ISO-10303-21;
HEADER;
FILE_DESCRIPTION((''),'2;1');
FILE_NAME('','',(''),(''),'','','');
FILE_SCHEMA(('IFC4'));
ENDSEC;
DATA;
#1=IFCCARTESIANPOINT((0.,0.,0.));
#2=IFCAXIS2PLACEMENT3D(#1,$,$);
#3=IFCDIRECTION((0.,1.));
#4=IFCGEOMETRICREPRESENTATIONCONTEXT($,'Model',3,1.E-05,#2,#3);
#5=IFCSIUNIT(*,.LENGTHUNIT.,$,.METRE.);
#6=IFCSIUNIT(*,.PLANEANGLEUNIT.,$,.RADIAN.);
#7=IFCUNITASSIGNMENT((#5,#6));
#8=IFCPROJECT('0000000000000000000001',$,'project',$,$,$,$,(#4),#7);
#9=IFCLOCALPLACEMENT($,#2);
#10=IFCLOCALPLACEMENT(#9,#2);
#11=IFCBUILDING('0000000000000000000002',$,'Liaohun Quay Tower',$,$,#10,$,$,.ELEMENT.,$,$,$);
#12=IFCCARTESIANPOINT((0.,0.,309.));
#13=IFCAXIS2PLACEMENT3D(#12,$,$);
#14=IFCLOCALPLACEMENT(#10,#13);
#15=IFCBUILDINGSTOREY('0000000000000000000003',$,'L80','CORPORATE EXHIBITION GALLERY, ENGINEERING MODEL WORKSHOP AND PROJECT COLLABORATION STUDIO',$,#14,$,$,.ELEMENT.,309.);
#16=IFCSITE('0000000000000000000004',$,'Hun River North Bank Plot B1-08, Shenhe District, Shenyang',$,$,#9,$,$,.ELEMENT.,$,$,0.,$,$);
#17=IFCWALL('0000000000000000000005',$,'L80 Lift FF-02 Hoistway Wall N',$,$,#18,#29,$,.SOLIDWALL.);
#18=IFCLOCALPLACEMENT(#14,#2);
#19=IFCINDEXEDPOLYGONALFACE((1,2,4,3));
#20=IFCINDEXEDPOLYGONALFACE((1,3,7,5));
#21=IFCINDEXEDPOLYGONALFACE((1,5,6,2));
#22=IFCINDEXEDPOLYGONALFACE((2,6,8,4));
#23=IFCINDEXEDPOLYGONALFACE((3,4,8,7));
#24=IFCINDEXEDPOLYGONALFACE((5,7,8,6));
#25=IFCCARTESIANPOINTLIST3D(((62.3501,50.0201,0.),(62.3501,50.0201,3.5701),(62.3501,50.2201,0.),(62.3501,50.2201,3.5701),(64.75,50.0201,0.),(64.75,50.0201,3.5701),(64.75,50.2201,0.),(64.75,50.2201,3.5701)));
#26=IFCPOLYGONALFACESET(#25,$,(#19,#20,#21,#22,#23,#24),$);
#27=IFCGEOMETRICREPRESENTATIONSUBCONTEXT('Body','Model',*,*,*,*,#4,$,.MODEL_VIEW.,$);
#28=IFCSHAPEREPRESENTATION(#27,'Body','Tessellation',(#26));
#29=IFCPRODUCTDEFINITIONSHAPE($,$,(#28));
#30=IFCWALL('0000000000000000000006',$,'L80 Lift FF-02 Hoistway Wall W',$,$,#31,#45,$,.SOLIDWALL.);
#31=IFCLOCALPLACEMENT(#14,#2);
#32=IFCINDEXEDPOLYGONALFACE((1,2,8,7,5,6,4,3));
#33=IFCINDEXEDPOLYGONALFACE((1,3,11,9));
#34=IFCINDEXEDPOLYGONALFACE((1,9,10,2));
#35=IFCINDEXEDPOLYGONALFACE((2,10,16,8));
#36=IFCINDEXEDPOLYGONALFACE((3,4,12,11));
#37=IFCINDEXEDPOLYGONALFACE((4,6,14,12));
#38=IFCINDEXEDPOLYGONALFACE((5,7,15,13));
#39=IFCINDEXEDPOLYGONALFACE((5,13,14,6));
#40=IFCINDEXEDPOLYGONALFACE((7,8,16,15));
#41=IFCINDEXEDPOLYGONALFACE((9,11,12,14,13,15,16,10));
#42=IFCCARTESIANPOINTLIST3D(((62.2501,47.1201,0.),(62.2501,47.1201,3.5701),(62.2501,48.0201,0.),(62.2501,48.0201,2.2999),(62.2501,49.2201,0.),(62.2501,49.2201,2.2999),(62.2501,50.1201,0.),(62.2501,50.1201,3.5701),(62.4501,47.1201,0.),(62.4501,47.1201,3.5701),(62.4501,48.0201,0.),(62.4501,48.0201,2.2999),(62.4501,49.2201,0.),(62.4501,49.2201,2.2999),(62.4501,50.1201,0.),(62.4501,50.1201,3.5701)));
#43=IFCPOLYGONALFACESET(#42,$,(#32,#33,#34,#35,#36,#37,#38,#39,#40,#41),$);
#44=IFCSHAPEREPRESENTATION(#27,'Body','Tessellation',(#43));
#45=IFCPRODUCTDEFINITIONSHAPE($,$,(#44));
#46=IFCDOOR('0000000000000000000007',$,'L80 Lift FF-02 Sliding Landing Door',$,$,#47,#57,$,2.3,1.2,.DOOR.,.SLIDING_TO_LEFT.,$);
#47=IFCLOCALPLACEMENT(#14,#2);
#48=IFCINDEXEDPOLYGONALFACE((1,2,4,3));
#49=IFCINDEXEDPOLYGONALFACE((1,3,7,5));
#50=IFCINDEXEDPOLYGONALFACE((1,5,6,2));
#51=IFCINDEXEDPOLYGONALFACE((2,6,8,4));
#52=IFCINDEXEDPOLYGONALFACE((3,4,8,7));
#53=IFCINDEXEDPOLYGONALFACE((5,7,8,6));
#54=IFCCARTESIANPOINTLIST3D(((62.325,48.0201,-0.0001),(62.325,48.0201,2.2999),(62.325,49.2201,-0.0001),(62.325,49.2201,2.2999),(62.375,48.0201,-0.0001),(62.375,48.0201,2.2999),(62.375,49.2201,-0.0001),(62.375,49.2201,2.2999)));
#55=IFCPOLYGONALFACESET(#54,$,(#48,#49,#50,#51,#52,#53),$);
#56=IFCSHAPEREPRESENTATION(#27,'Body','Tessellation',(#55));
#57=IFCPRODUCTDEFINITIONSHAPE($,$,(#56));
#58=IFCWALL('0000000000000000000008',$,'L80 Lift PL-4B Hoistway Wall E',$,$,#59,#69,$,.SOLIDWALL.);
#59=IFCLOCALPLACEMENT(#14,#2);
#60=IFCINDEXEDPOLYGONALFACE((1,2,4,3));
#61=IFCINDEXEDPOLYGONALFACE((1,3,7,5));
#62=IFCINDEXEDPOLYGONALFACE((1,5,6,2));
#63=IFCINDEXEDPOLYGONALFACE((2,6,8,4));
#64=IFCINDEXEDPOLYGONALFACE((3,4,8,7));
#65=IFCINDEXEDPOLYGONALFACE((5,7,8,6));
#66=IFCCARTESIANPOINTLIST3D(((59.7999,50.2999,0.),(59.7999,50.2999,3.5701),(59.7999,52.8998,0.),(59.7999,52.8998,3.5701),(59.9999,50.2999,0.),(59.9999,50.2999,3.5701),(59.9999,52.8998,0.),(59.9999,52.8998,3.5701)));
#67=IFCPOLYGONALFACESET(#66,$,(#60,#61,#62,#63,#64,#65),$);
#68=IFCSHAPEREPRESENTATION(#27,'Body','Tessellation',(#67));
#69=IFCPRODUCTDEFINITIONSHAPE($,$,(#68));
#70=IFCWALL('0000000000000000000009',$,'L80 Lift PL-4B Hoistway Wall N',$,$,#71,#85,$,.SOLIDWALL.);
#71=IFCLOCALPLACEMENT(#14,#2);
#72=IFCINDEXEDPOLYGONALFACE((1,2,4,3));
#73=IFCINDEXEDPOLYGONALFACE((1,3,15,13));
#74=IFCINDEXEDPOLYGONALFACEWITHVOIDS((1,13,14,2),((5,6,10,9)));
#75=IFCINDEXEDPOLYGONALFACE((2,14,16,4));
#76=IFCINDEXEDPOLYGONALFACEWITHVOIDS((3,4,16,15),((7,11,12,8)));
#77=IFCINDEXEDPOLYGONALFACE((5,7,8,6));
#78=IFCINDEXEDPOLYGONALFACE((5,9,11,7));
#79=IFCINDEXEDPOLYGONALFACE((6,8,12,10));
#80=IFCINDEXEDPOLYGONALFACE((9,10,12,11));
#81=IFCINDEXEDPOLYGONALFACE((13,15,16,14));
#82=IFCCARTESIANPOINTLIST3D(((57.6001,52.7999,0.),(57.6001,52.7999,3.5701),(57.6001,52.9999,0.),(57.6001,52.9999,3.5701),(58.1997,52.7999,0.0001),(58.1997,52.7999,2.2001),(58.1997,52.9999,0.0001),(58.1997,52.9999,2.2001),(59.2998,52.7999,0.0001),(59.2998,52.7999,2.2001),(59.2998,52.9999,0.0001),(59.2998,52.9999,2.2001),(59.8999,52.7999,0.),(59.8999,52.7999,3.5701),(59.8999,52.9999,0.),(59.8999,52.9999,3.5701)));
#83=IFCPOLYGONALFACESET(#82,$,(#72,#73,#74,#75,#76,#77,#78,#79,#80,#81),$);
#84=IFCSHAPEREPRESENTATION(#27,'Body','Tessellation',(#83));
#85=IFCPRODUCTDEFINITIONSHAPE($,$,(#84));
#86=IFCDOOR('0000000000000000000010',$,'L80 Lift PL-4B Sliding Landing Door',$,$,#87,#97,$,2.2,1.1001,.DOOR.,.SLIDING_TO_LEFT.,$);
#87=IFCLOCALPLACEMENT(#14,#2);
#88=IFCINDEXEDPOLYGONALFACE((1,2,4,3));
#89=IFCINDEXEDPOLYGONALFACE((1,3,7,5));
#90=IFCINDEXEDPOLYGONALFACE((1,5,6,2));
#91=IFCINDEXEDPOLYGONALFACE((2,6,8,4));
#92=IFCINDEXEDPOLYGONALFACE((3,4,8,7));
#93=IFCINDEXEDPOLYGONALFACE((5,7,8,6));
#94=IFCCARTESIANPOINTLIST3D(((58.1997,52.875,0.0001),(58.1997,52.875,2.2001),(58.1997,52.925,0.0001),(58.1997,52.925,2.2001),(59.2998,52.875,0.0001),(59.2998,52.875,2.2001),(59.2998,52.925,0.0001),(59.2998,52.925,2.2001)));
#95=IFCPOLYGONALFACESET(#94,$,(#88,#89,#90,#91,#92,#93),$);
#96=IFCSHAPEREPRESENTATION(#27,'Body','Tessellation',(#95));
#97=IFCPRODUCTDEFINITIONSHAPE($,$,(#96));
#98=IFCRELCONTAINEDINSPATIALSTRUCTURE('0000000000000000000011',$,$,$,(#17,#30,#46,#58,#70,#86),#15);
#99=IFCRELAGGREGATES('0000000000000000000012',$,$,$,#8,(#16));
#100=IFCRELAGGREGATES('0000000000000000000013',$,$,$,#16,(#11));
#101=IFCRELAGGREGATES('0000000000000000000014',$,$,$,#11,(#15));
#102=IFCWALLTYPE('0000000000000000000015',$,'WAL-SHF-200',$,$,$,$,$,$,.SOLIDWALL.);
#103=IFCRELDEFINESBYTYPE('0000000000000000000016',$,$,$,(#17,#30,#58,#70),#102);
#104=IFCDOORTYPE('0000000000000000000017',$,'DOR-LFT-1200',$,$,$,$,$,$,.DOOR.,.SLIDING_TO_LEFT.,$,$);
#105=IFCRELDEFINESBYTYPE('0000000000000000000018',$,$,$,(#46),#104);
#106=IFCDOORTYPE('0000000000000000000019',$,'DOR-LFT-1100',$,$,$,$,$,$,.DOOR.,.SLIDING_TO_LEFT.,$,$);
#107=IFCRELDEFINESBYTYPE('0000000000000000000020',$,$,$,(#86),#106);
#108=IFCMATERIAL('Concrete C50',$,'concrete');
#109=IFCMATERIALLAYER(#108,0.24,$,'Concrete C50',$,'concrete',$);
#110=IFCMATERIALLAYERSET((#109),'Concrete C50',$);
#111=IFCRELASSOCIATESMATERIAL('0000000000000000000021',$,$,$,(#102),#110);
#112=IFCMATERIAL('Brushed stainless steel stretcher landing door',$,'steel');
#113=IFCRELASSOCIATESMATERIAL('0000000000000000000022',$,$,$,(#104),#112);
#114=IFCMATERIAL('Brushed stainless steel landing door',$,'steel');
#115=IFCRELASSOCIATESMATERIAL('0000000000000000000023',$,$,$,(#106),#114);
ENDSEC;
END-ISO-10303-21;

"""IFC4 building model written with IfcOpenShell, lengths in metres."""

from ifc_helpers import new_model, si_unit, direction, frame, frame_2d, origin, place, context, subcontext, project, spatial, rectangle, extrude, source, transform, mapped, material, layer, layer_set, type_object, element, fill, save


model = new_model("IFC4")

# Units and contexts
model_context = context("Model", 3, precision=1e-05, world=origin(), true_north=direction((0.0, 1.0)))
body_context = subcontext(model_context, "Body", "Model", "MODEL_VIEW")
ifc_project = project(units=[si_unit("LENGTHUNIT", "METRE"), si_unit("PLANEANGLEUNIT", "RADIAN")], contexts=[model_context])

# Site, building, storey
site_placement = place(None, origin())
site = spatial("IfcSite", under=ifc_project, at=site_placement, Name="Hun River North Bank Plot B1-08, Shenhe District, Shenyang", CompositionType="ELEMENT", RefElevation=0.0)
building_placement = place(site_placement, origin())
building = spatial("IfcBuilding", under=site, at=building_placement, Name="Liaohun Quay Tower", CompositionType="ELEMENT")
storey_placement = place(building_placement, frame((0.0, 0.0, 309.0)))
storey = spatial("IfcBuildingStorey", under=building, at=storey_placement, Name="L80", Description="CORPORATE EXHIBITION GALLERY, ENGINEERING MODEL WORKSHOP AND PROJECT COLLABORATION STUDIO", CompositionType="ELEMENT", Elevation=309.0)

# Wall
ifc_material_1 = material(Name="Concrete C50", Category="concrete")
ifc_layer_1 = layer(ifc_material_1, 0.24, Name="Concrete C50", Category="concrete")
ifc_layer_set_1 = layer_set([ifc_layer_1], Name="Concrete C50")
wall_type_1 = type_object("IfcWallType", Name="WAL-SHF-200", PredefinedType="SOLIDWALL", material=ifc_layer_set_1)
wall_1_placement = place(storey_placement, frame((64.75, 50.1201, 0.0), z_axis=(0.0, 0.0, 1.0), x_axis=(-1.0, 0.0, 0.0)))
element("IfcWall", 1, at=wall_1_placement, inside=storey, type_object=wall_type_1, Name="L80 Lift FF-02 Hoistway Wall N", PredefinedType="SOLIDWALL", context=body_context, shape_type="SweptSolid", body=[
    extrude(rectangle(XDim=2.3999, YDim=0.2, at=frame_2d((1.2, 0.0))), origin(), (0.0, 0.0, 1.0), 3.5701),
])

# Wall, opening, door
wall_2_placement = place(storey_placement, frame((62.3501, 50.1201, 0.0), z_axis=(0.0, 0.0, 1.0), x_axis=(0.0, -1.0, 0.0)))
wall_2 = element("IfcWall", 2, at=wall_2_placement, inside=storey, type_object=wall_type_1, Name="L80 Lift FF-02 Hoistway Wall W", PredefinedType="SOLIDWALL", context=body_context, shape_type="SweptSolid", body=[
    extrude(rectangle(XDim=3.0, YDim=0.2, at=frame_2d((1.5, 0.0))), origin(), (0.0, 0.0, 1.0), 3.5701),
])
shared_shape_1 = source(origin(), body_context, "Body", "SweptSolid", [
    extrude(rectangle(XDim=1.2, YDim=2.3, at=frame_2d((0.6001, 1.1499))), frame((0.0, 0.1099, 0.0), z_axis=(0.0, -1.0, 0.0), x_axis=(1.0, 0.0, 0.0)), (0.0, 0.0, 1.0), 0.22),
])
opening_1_placement = place(wall_2_placement, frame((0.8999, 0.0, 0.0)))
opening_1 = element("IfcOpeningElement", 3, at=opening_1_placement, cuts=wall_2, PredefinedType="OPENING", context=body_context, shape_type="MappedRepresentation", body=[
    mapped(shared_shape_1, transform((0.0, 0.0, 0.0), x_axis=(1.0, 0.0, 0.0), y_axis=(0.0, 1.0, 0.0), z_axis=(0.0, 0.0, 1.0), scale=1.0)),
])
ifc_material_2 = material(Name="Brushed stainless steel stretcher landing door", Category="steel")
door_type_1 = type_object("IfcDoorType", Name="DOR-LFT-1200", OperationType="SLIDING_TO_LEFT", PredefinedType="DOOR", material=ifc_material_2)
shared_shape_2 = source(origin(), body_context, "Body", "SweptSolid", [
    extrude(rectangle(XDim=1.2, YDim=2.3, at=frame_2d((0.6001, 1.1499))), frame((0.0, 0.0249, 0.0), z_axis=(0.0, -1.0, 0.0), x_axis=(1.0, 0.0, 0.0)), (0.0, 0.0, 1.0), 0.05),
])
door_1_placement = place(opening_1_placement, origin())
door_1 = element("IfcDoor", 4, at=door_1_placement, inside=storey, type_object=door_type_1, Name="L80 Lift FF-02 Sliding Landing Door", OperationType="SLIDING_TO_LEFT", OverallHeight=2.3, OverallWidth=1.2, PredefinedType="DOOR", context=body_context, shape_type="MappedRepresentation", body=[
    mapped(shared_shape_2, transform((0.0, 0.0, 0.0), x_axis=(1.0, 0.0, 0.0), y_axis=(0.0, 1.0, 0.0), z_axis=(0.0, 0.0, 1.0), scale=1.0)),
])
fill(opening_1, door_1)

# Wall
wall_3_placement = place(storey_placement, frame((59.8999, 50.3, 0.0), z_axis=(0.0, 0.0, 1.0), x_axis=(0.0, 1.0, 0.0)))
element("IfcWall", 5, at=wall_3_placement, inside=storey, type_object=wall_type_1, Name="L80 Lift PL-4B Hoistway Wall E", PredefinedType="SOLIDWALL", context=body_context, shape_type="SweptSolid", body=[
    extrude(rectangle(XDim=2.5999, YDim=0.2, at=frame_2d((1.2998, 0.0))), origin(), (0.0, 0.0, 1.0), 3.5701),
])

# Wall, opening, door
wall_4_placement = place(storey_placement, frame((59.8999, 52.8999, 0.0), z_axis=(0.0, 0.0, 1.0), x_axis=(-1.0, 0.0, 0.0)))
wall_4 = element("IfcWall", 6, at=wall_4_placement, inside=storey, type_object=wall_type_1, Name="L80 Lift PL-4B Hoistway Wall N", PredefinedType="SOLIDWALL", context=body_context, shape_type="SweptSolid", body=[
    extrude(rectangle(XDim=2.2998, YDim=0.2, at=frame_2d((1.1499, 0.0))), origin(), (0.0, 0.0, 1.0), 3.5701),
])
shared_shape_3 = source(origin(), body_context, "Body", "SweptSolid", [
    extrude(rectangle(XDim=1.1001, YDim=2.2, at=frame_2d((0.55, 1.1001))), frame((0.0, 0.1099, 0.0), z_axis=(0.0, -1.0, 0.0), x_axis=(1.0, 0.0, 0.0)), (0.0, 0.0, 1.0), 0.22),
])
opening_2_placement = place(wall_4_placement, frame((0.6001, 0.0, 0.0)))
opening_2 = element("IfcOpeningElement", 7, at=opening_2_placement, cuts=wall_4, PredefinedType="OPENING", context=body_context, shape_type="MappedRepresentation", body=[
    mapped(shared_shape_3, transform((0.0, 0.0, 0.0), x_axis=(1.0, 0.0, 0.0), y_axis=(0.0, 1.0, 0.0), z_axis=(0.0, 0.0, 1.0), scale=1.0)),
])
ifc_material_3 = material(Name="Brushed stainless steel landing door", Category="steel")
door_type_2 = type_object("IfcDoorType", Name="DOR-LFT-1100", OperationType="SLIDING_TO_LEFT", PredefinedType="DOOR", material=ifc_material_3)
shared_shape_4 = source(origin(), body_context, "Body", "SweptSolid", [
    extrude(rectangle(XDim=1.1001, YDim=2.2, at=frame_2d((0.55, 1.1001))), frame((0.0, 0.0249, 0.0), z_axis=(0.0, -1.0, 0.0), x_axis=(1.0, 0.0, 0.0)), (0.0, 0.0, 1.0), 0.05),
])
door_2_placement = place(opening_2_placement, origin())
door_2 = element("IfcDoor", 8, at=door_2_placement, inside=storey, type_object=door_type_2, Name="L80 Lift PL-4B Sliding Landing Door", OperationType="SLIDING_TO_LEFT", OverallHeight=2.2, OverallWidth=1.1001, PredefinedType="DOOR", context=body_context, shape_type="MappedRepresentation", body=[
    mapped(shared_shape_4, transform((0.0, 0.0, 0.0), x_axis=(1.0, 0.0, 0.0), y_axis=(0.0, 1.0, 0.0), z_axis=(0.0, 0.0, 1.0), scale=1.0)),
])
fill(opening_2, door_2)

save(model, "model.ifc")
